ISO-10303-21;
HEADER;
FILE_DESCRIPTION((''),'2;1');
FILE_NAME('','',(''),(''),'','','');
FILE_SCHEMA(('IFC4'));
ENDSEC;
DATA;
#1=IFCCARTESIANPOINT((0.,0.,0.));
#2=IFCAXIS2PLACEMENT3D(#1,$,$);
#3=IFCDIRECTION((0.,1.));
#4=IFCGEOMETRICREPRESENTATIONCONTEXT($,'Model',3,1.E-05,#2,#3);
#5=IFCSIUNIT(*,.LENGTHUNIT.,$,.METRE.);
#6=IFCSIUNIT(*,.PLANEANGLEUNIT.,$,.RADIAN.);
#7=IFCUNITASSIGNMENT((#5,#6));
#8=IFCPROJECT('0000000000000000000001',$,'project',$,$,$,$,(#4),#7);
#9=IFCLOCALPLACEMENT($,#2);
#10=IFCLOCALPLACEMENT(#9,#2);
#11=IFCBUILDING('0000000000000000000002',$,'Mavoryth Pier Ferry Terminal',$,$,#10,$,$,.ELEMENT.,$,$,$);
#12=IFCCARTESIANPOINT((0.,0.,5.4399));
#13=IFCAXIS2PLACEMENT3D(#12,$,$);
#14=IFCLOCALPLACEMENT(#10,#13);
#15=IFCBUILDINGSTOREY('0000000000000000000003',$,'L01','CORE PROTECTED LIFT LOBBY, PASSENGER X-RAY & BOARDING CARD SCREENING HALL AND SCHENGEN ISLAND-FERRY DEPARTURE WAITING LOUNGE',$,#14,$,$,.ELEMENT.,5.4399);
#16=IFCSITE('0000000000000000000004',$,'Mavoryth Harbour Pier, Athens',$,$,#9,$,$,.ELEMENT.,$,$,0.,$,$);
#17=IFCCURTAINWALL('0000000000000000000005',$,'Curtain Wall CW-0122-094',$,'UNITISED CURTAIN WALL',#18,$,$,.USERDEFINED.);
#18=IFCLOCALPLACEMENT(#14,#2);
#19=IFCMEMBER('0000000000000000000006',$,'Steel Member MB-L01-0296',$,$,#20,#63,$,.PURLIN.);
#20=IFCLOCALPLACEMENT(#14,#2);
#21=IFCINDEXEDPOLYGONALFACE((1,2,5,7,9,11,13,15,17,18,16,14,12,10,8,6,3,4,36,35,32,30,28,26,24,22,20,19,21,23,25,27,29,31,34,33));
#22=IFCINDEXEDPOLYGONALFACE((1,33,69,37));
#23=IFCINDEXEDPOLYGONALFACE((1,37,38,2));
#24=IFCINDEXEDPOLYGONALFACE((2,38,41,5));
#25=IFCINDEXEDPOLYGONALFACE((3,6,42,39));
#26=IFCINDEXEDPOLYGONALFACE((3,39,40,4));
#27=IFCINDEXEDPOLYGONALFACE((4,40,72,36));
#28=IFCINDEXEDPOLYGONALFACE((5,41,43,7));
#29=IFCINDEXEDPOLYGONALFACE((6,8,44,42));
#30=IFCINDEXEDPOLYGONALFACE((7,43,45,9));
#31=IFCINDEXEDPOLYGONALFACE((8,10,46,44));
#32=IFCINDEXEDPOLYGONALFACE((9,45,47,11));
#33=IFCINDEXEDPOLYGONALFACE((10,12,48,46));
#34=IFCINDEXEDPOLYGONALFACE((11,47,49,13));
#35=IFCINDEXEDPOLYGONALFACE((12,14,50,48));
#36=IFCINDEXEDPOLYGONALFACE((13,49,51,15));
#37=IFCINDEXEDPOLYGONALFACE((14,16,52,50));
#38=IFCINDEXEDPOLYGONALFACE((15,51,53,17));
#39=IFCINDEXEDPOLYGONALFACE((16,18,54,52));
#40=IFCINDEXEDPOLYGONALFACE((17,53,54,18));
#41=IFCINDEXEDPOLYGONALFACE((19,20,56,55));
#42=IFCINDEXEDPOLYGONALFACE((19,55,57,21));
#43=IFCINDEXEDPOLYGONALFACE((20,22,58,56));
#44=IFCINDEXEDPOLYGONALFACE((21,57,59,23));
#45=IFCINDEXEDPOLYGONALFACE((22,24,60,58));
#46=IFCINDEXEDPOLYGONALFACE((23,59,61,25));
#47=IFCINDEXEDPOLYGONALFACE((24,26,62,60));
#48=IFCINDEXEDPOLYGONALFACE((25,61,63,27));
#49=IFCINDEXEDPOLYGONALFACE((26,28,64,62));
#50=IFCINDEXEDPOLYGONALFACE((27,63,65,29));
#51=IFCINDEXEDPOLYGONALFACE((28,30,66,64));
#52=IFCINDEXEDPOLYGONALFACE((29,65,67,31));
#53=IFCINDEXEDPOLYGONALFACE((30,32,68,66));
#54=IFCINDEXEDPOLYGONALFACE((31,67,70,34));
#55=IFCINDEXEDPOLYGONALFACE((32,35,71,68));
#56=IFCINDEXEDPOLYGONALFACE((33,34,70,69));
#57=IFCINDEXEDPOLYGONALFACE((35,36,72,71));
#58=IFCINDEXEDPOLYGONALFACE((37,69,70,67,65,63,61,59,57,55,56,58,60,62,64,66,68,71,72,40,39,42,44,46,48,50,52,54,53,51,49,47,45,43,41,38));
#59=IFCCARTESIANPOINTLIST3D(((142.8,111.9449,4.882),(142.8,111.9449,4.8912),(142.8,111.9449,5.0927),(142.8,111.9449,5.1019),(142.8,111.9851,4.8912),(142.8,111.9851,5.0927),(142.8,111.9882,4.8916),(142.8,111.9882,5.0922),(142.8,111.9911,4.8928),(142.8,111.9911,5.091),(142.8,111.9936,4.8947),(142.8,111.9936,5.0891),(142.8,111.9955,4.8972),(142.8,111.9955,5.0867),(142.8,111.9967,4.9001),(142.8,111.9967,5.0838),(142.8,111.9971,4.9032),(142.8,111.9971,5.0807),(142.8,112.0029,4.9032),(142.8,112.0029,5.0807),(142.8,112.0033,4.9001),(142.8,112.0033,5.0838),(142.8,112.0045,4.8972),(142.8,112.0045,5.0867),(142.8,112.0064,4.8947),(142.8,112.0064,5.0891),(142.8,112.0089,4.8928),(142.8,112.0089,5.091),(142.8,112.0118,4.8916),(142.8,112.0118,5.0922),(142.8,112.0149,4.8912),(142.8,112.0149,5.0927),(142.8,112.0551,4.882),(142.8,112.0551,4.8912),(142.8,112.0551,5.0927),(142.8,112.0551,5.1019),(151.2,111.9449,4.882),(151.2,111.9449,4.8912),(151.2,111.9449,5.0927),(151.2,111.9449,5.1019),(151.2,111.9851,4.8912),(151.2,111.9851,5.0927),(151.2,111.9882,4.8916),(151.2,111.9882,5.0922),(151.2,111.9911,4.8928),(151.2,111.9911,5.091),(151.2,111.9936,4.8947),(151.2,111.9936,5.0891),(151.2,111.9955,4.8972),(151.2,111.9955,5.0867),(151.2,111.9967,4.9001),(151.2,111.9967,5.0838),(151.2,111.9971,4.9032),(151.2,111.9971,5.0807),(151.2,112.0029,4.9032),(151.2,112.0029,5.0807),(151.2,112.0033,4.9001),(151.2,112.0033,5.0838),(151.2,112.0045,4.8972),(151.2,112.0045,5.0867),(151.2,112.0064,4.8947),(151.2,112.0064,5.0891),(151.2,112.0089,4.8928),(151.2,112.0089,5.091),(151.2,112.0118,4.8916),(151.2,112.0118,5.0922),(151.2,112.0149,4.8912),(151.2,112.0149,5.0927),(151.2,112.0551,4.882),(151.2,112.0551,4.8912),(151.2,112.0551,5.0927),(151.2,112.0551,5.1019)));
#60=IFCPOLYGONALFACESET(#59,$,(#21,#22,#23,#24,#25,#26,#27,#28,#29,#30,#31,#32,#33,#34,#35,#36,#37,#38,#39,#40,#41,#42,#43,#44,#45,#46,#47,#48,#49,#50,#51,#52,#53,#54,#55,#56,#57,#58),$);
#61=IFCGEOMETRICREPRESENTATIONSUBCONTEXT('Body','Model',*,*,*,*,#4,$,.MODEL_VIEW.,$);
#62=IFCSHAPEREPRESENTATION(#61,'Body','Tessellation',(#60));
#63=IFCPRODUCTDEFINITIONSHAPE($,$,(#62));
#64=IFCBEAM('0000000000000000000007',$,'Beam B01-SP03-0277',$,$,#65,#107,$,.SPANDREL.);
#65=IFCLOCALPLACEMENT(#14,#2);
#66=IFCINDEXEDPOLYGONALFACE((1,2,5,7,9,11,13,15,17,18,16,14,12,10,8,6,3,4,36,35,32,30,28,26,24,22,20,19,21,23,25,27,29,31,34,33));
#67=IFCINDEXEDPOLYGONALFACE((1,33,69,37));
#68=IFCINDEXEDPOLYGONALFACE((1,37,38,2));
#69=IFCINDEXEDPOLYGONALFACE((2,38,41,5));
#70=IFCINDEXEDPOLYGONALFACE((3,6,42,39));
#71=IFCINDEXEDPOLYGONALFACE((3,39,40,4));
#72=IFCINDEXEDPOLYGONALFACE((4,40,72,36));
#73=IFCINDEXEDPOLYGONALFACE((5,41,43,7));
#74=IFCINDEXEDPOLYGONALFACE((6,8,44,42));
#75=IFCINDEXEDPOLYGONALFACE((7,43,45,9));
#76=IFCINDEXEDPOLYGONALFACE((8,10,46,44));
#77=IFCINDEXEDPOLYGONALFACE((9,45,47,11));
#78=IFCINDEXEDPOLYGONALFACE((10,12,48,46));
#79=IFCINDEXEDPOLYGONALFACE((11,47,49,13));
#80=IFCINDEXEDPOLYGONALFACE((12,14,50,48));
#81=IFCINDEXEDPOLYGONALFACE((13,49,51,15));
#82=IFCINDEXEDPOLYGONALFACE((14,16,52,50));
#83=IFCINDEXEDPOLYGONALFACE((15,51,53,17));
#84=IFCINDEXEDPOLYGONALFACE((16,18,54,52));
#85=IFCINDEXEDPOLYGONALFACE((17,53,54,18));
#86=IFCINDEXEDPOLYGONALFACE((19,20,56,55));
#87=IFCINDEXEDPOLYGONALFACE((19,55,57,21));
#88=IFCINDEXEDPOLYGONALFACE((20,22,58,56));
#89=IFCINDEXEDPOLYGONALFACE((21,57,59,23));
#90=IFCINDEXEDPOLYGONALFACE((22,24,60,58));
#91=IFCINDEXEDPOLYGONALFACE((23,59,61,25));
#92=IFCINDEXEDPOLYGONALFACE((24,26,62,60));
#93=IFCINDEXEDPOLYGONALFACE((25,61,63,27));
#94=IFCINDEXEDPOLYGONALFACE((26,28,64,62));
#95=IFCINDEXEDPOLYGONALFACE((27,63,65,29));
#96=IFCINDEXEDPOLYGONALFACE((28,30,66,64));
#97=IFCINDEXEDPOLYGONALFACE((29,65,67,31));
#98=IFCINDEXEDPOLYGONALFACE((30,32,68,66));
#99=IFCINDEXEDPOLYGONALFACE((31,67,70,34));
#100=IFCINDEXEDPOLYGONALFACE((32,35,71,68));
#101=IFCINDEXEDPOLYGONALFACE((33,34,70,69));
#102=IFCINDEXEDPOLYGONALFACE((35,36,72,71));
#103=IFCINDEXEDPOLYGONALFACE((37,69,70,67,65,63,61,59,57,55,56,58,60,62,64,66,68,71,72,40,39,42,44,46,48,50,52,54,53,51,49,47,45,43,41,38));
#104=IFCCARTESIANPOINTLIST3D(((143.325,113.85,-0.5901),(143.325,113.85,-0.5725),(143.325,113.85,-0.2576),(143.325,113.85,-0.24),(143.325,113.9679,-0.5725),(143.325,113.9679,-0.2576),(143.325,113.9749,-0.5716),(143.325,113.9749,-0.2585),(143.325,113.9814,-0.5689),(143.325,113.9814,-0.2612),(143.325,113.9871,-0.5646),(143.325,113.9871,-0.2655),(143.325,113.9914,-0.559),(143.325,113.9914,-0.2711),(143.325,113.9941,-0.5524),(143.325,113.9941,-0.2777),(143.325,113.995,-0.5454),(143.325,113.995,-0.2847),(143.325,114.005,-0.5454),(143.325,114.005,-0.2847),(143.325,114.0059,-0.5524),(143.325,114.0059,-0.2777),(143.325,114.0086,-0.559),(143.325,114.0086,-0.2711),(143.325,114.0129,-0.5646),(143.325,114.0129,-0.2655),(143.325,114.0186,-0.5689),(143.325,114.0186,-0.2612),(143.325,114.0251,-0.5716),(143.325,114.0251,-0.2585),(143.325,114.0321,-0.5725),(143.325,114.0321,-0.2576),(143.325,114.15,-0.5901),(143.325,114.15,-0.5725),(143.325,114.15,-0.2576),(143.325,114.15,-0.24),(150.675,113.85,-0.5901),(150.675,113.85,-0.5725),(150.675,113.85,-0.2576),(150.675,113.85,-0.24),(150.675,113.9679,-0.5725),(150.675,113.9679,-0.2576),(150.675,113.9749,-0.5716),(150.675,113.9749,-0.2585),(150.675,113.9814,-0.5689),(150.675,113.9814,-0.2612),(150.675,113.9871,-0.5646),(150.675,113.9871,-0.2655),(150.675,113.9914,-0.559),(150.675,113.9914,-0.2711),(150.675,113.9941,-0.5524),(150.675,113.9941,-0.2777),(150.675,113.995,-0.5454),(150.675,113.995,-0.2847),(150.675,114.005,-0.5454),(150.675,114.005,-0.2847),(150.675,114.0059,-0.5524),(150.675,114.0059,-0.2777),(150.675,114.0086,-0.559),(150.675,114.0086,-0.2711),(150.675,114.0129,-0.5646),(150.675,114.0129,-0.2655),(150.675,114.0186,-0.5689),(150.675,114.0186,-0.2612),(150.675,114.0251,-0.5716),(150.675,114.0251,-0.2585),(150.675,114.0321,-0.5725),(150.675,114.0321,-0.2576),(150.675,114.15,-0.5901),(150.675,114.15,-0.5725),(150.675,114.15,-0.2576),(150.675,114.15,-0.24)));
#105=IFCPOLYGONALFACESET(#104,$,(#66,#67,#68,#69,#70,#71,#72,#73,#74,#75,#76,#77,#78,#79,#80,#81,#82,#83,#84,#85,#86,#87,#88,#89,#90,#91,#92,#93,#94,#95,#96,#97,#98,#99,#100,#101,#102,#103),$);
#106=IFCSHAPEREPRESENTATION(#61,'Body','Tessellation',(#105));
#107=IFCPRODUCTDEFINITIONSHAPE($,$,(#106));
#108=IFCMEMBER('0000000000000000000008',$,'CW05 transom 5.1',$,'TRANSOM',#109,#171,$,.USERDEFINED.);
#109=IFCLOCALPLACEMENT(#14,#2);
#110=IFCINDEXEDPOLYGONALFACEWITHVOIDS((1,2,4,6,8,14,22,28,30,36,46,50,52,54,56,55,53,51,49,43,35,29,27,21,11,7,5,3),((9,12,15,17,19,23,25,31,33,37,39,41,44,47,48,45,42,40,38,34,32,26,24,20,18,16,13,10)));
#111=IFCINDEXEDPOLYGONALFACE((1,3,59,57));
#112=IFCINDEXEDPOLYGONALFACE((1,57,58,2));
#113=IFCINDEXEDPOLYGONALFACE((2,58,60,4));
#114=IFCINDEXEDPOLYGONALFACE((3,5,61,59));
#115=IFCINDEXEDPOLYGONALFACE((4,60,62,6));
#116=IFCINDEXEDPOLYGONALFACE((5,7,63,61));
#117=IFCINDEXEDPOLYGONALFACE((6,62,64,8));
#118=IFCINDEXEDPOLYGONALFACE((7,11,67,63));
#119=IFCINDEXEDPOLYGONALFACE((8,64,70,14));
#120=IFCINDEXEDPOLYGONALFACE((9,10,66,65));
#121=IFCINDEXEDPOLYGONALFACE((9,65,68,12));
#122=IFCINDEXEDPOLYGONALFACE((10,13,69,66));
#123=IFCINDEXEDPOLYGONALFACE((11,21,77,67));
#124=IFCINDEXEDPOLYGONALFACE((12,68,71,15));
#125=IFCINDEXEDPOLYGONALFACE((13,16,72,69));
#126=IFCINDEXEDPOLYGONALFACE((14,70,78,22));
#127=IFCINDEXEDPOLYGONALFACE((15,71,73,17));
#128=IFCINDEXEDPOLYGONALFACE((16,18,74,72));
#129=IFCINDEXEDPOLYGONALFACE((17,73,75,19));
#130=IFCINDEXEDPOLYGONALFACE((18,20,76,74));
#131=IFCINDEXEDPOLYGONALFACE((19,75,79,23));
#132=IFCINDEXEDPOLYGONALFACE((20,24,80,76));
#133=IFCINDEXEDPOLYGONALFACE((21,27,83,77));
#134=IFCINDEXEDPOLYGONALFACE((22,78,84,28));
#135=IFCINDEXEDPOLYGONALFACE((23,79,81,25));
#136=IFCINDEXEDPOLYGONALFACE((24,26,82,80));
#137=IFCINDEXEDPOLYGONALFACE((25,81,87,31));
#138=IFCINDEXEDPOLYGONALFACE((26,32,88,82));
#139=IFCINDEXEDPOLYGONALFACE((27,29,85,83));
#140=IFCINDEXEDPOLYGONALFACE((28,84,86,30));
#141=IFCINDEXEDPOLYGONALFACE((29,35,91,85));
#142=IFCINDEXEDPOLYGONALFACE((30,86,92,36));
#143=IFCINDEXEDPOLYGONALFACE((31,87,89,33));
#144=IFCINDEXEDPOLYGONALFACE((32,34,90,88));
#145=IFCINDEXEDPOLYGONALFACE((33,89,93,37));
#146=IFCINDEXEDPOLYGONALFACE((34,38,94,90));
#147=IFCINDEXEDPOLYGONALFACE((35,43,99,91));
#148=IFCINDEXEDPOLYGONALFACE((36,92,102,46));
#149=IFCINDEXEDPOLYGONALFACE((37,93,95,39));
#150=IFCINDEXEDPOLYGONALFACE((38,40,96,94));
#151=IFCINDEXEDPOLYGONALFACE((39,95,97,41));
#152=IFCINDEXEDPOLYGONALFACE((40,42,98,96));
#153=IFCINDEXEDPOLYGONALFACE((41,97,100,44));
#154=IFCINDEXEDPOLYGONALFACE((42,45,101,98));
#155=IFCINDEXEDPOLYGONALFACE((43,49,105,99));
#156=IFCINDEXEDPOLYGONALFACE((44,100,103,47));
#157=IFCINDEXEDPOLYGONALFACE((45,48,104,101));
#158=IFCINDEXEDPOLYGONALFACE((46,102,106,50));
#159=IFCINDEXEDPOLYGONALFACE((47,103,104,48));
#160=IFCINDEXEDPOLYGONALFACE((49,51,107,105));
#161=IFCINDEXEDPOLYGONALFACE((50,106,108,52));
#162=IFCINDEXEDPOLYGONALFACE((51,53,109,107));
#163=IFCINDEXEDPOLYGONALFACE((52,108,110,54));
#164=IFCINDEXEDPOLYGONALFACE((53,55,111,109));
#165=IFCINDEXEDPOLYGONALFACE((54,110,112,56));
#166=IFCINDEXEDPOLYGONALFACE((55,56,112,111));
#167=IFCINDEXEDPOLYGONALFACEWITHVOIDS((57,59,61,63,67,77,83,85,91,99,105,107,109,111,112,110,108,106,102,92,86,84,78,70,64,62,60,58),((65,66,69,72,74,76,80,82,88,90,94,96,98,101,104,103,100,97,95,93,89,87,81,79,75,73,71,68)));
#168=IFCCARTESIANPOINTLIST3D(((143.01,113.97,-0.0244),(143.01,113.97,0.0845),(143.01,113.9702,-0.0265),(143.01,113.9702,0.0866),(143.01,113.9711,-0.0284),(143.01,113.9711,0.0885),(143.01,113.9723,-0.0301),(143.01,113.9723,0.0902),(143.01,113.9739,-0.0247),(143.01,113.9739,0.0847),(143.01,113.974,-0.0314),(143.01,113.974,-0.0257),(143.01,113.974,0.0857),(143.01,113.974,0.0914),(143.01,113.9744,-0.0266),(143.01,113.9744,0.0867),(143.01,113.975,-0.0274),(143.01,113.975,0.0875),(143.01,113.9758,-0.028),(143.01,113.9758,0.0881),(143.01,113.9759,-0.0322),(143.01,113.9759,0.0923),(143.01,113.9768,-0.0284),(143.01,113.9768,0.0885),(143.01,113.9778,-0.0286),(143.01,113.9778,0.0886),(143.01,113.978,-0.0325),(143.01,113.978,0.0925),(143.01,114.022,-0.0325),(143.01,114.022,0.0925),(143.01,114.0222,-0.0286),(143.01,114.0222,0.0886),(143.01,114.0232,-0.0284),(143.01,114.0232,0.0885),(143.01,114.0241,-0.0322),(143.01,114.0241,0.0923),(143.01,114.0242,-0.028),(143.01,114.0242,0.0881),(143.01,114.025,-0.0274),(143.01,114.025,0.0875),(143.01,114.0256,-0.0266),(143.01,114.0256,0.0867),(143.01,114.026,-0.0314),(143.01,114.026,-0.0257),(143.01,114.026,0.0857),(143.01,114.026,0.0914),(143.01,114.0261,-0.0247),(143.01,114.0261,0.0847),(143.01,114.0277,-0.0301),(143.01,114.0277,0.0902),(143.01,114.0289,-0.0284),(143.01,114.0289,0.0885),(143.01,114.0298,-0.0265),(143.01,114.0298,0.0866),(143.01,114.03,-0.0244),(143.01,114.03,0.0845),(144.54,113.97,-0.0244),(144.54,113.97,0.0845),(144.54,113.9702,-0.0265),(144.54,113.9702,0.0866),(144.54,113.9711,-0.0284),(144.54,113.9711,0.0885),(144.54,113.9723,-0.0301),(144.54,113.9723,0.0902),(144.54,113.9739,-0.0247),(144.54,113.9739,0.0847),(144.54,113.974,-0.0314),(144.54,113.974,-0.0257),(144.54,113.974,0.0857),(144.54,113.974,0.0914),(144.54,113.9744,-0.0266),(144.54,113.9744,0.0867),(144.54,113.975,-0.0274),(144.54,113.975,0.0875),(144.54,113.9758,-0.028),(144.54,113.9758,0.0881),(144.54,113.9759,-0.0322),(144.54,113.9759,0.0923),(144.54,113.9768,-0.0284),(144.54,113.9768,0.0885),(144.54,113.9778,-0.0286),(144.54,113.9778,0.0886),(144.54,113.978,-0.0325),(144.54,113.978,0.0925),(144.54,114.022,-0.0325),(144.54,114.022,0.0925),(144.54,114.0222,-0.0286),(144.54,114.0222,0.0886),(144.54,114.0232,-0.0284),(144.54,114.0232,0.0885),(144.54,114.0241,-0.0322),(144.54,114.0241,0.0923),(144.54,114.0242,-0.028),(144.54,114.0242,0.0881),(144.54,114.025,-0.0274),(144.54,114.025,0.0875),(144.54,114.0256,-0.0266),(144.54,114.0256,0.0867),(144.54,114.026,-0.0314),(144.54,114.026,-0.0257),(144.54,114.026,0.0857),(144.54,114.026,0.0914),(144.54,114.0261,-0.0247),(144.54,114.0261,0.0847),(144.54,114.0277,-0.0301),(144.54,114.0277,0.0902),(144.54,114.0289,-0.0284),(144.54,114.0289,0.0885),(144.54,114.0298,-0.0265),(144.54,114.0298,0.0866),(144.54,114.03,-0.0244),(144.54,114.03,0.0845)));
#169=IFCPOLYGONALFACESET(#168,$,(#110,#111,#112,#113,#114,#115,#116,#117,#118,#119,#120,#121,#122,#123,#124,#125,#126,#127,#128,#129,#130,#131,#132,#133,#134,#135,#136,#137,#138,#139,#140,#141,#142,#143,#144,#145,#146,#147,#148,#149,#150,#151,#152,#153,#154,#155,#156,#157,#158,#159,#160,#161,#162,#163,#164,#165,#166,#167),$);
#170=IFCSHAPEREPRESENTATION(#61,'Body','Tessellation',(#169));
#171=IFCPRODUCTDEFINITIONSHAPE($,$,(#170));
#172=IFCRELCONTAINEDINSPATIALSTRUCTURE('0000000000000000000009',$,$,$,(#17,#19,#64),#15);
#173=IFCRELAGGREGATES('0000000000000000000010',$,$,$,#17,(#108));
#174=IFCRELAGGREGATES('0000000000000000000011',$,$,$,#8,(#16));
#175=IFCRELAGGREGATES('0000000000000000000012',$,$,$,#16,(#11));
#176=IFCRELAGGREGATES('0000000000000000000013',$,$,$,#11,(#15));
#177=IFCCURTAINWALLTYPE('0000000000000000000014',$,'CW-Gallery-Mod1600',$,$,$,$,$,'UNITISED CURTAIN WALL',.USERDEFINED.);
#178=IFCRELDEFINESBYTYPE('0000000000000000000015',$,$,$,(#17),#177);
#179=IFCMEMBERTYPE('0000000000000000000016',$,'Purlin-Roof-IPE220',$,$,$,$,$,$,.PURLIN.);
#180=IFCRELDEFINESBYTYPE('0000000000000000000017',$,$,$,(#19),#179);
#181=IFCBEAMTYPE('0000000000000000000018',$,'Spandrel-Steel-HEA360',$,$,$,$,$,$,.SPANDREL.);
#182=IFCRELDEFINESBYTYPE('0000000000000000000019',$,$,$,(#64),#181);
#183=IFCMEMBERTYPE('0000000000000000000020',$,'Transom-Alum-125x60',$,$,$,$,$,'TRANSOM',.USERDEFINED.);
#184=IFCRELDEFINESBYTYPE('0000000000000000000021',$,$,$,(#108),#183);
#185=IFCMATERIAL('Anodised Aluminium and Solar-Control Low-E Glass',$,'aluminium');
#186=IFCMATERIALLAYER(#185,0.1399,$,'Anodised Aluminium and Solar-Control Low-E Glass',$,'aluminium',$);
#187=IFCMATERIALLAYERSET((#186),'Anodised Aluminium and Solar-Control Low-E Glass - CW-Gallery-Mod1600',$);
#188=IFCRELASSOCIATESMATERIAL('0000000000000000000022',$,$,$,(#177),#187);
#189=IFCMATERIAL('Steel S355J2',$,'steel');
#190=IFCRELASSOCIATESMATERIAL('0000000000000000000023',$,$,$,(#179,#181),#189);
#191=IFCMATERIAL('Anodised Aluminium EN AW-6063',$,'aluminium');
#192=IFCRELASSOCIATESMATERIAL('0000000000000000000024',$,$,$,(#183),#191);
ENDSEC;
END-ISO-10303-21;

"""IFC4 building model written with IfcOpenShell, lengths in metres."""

from ifc_helpers import new_model, si_unit, direction, frame, origin, origin_2d, place, context, subcontext, project, spatial, hollow_rectangle, i_section, extrude, material, layer, layer_set, material_profile, profile_set, type_object, element, aggregate, save


model = new_model("IFC4")

# Units and contexts
model_context = context("Model", 3, precision=1e-05, world=origin(), true_north=direction((0.0, 1.0)))
body_context = subcontext(model_context, "Body", "Model", "MODEL_VIEW")
ifc_project = project(units=[si_unit("LENGTHUNIT", "METRE"), si_unit("PLANEANGLEUNIT", "RADIAN")], contexts=[model_context])

# Site, building, storey
site_placement = place(None, origin())
site = spatial("IfcSite", under=ifc_project, at=site_placement, Name="Mavoryth Harbour Pier, Athens", CompositionType="ELEMENT", RefElevation=0.0)
building_placement = place(site_placement, origin())
building = spatial("IfcBuilding", under=site, at=building_placement, Name="Mavoryth Pier Ferry Terminal", CompositionType="ELEMENT")
storey_placement = place(building_placement, frame((0.0, 0.0, 5.4399)))
storey = spatial("IfcBuildingStorey", under=building, at=storey_placement, Name="L01", Description="CORE PROTECTED LIFT LOBBY, PASSENGER X-RAY & BOARDING CARD SCREENING HALL AND SCHENGEN ISLAND-FERRY DEPARTURE WAITING LOUNGE", CompositionType="ELEMENT", Elevation=5.4399)

# Shared definitions
ifc_material_1 = material(Name="Steel S355J2", Category="steel")

# Curtain wall
ifc_material_2 = material(Name="Anodised Aluminium and Solar-Control Low-E Glass", Category="aluminium")
ifc_layer_1 = layer(ifc_material_2, 0.1399, Name="Anodised Aluminium and Solar-Control Low-E Glass", Category="aluminium")
ifc_layer_set_1 = layer_set([ifc_layer_1], Name="Anodised Aluminium and Solar-Control Low-E Glass - CW-Gallery-Mod1600")
curtain_wall_type = type_object("IfcCurtainWallType", Name="CW-Gallery-Mod1600", ElementType="UNITISED CURTAIN WALL", PredefinedType="USERDEFINED", material=ifc_layer_set_1)
curtain_wall_placement = place(storey_placement, origin())
curtain_wall = element("IfcCurtainWall", 1, at=curtain_wall_placement, inside=storey, type_object=curtain_wall_type, Name="Curtain Wall CW-0122-094", ObjectType="UNITISED CURTAIN WALL", PredefinedType="USERDEFINED")
ifc_material_3 = material(Name="Anodised Aluminium EN AW-6063", Category="aluminium")

# Member
ifc_material_profile_1 = material_profile(ifc_material_1, i_section(OverallWidth=0.1101, OverallDepth=0.22, WebThickness=0.0059, FlangeThickness=0.0093, FilletRadius=0.012, at=origin_2d()), Name="IPE 220", Category="steel")
ifc_profile_set_1 = profile_set([ifc_material_profile_1], Name="Steel S355J2 - IPE 220")
member_type_1 = type_object("IfcMemberType", Name="Purlin-Roof-IPE220", PredefinedType="PURLIN", material=ifc_profile_set_1)
for number, where, z_axis, x_axis, name in (
    (2, (142.8, 112.0, 4.9919), (1.0, 0.0, 0.0), (0.0, 1.0, 0.0), "Steel Member MB-L01-0296"),
):
    element("IfcMember", number, at=place(storey_placement, frame(where, z_axis=z_axis, x_axis=x_axis)), inside=storey, type_object=member_type_1, Name=name, PredefinedType="PURLIN", context=body_context, shape_type="SweptSolid", body=[
        extrude(i_section(OverallWidth=0.1101, OverallDepth=0.22, WebThickness=0.0059, FlangeThickness=0.0093, FilletRadius=0.012, at=origin_2d()), origin(), (0.0, 0.0, 1.0), 8.3999),
    ])

# Beam
ifc_material_profile_2 = material_profile(ifc_material_1, i_section(OverallWidth=0.3, OverallDepth=0.3501, WebThickness=0.01, FlangeThickness=0.0176, FilletRadius=0.0271, at=origin_2d()), Name="HEA 360", Category="steel")
ifc_profile_set_2 = profile_set([ifc_material_profile_2], Name="Steel S355J2 - HEA 360")
beam_type_1 = type_object("IfcBeamType", Name="Spandrel-Steel-HEA360", PredefinedType="SPANDREL", material=ifc_profile_set_2)
beam_1_placement = place(storey_placement, frame((143.325, 114.0, -0.415), z_axis=(1.0, 0.0, 0.0), x_axis=(0.0, 1.0, 0.0)))
element("IfcBeam", 3, at=beam_1_placement, inside=storey, type_object=beam_type_1, Name="Beam B01-SP03-0277", PredefinedType="SPANDREL", context=body_context, shape_type="SweptSolid", body=[
    extrude(i_section(OverallWidth=0.3, OverallDepth=0.3501, WebThickness=0.01, FlangeThickness=0.0176, FilletRadius=0.0271, at=origin_2d()), origin(), (0.0, 0.0, 1.0), 7.3501),
])

# Member
ifc_material_profile_3 = material_profile(ifc_material_3, hollow_rectangle(XDim=0.0601, YDim=0.125, WallThickness=0.0039, InnerFilletRadius=0.0039, OuterFilletRadius=0.0081, at=origin_2d()), Name="AL-TRAN 125x60x4", Category="aluminium")
ifc_profile_set_3 = profile_set([ifc_material_profile_3], Name="Anodised Aluminium EN AW-6063 - AL-TRAN 125x60x4")
member_type_2 = type_object("IfcMemberType", Name="Transom-Alum-125x60", ElementType="TRANSOM", PredefinedType="USERDEFINED", material=ifc_profile_set_3)
member_1_placement = place(storey_placement, frame((144.54, 114.0, 0.03), z_axis=(-1.0, 0.0, 0.0), x_axis=(0.0, -1.0, 0.0)))
member_1 = element("IfcMember", 4, at=member_1_placement, type_object=member_type_2, Name="CW05 transom 5.1", ObjectType="TRANSOM", PredefinedType="USERDEFINED", context=body_context, shape_type="SweptSolid", body=[
    extrude(hollow_rectangle(XDim=0.0601, YDim=0.125, WallThickness=0.0039, InnerFilletRadius=0.0039, OuterFilletRadius=0.0081, at=origin_2d()), origin(), (0.0, 0.0, 1.0), 1.53),
])

aggregate(curtain_wall, [member_1])

save(model, "model.ifc")
